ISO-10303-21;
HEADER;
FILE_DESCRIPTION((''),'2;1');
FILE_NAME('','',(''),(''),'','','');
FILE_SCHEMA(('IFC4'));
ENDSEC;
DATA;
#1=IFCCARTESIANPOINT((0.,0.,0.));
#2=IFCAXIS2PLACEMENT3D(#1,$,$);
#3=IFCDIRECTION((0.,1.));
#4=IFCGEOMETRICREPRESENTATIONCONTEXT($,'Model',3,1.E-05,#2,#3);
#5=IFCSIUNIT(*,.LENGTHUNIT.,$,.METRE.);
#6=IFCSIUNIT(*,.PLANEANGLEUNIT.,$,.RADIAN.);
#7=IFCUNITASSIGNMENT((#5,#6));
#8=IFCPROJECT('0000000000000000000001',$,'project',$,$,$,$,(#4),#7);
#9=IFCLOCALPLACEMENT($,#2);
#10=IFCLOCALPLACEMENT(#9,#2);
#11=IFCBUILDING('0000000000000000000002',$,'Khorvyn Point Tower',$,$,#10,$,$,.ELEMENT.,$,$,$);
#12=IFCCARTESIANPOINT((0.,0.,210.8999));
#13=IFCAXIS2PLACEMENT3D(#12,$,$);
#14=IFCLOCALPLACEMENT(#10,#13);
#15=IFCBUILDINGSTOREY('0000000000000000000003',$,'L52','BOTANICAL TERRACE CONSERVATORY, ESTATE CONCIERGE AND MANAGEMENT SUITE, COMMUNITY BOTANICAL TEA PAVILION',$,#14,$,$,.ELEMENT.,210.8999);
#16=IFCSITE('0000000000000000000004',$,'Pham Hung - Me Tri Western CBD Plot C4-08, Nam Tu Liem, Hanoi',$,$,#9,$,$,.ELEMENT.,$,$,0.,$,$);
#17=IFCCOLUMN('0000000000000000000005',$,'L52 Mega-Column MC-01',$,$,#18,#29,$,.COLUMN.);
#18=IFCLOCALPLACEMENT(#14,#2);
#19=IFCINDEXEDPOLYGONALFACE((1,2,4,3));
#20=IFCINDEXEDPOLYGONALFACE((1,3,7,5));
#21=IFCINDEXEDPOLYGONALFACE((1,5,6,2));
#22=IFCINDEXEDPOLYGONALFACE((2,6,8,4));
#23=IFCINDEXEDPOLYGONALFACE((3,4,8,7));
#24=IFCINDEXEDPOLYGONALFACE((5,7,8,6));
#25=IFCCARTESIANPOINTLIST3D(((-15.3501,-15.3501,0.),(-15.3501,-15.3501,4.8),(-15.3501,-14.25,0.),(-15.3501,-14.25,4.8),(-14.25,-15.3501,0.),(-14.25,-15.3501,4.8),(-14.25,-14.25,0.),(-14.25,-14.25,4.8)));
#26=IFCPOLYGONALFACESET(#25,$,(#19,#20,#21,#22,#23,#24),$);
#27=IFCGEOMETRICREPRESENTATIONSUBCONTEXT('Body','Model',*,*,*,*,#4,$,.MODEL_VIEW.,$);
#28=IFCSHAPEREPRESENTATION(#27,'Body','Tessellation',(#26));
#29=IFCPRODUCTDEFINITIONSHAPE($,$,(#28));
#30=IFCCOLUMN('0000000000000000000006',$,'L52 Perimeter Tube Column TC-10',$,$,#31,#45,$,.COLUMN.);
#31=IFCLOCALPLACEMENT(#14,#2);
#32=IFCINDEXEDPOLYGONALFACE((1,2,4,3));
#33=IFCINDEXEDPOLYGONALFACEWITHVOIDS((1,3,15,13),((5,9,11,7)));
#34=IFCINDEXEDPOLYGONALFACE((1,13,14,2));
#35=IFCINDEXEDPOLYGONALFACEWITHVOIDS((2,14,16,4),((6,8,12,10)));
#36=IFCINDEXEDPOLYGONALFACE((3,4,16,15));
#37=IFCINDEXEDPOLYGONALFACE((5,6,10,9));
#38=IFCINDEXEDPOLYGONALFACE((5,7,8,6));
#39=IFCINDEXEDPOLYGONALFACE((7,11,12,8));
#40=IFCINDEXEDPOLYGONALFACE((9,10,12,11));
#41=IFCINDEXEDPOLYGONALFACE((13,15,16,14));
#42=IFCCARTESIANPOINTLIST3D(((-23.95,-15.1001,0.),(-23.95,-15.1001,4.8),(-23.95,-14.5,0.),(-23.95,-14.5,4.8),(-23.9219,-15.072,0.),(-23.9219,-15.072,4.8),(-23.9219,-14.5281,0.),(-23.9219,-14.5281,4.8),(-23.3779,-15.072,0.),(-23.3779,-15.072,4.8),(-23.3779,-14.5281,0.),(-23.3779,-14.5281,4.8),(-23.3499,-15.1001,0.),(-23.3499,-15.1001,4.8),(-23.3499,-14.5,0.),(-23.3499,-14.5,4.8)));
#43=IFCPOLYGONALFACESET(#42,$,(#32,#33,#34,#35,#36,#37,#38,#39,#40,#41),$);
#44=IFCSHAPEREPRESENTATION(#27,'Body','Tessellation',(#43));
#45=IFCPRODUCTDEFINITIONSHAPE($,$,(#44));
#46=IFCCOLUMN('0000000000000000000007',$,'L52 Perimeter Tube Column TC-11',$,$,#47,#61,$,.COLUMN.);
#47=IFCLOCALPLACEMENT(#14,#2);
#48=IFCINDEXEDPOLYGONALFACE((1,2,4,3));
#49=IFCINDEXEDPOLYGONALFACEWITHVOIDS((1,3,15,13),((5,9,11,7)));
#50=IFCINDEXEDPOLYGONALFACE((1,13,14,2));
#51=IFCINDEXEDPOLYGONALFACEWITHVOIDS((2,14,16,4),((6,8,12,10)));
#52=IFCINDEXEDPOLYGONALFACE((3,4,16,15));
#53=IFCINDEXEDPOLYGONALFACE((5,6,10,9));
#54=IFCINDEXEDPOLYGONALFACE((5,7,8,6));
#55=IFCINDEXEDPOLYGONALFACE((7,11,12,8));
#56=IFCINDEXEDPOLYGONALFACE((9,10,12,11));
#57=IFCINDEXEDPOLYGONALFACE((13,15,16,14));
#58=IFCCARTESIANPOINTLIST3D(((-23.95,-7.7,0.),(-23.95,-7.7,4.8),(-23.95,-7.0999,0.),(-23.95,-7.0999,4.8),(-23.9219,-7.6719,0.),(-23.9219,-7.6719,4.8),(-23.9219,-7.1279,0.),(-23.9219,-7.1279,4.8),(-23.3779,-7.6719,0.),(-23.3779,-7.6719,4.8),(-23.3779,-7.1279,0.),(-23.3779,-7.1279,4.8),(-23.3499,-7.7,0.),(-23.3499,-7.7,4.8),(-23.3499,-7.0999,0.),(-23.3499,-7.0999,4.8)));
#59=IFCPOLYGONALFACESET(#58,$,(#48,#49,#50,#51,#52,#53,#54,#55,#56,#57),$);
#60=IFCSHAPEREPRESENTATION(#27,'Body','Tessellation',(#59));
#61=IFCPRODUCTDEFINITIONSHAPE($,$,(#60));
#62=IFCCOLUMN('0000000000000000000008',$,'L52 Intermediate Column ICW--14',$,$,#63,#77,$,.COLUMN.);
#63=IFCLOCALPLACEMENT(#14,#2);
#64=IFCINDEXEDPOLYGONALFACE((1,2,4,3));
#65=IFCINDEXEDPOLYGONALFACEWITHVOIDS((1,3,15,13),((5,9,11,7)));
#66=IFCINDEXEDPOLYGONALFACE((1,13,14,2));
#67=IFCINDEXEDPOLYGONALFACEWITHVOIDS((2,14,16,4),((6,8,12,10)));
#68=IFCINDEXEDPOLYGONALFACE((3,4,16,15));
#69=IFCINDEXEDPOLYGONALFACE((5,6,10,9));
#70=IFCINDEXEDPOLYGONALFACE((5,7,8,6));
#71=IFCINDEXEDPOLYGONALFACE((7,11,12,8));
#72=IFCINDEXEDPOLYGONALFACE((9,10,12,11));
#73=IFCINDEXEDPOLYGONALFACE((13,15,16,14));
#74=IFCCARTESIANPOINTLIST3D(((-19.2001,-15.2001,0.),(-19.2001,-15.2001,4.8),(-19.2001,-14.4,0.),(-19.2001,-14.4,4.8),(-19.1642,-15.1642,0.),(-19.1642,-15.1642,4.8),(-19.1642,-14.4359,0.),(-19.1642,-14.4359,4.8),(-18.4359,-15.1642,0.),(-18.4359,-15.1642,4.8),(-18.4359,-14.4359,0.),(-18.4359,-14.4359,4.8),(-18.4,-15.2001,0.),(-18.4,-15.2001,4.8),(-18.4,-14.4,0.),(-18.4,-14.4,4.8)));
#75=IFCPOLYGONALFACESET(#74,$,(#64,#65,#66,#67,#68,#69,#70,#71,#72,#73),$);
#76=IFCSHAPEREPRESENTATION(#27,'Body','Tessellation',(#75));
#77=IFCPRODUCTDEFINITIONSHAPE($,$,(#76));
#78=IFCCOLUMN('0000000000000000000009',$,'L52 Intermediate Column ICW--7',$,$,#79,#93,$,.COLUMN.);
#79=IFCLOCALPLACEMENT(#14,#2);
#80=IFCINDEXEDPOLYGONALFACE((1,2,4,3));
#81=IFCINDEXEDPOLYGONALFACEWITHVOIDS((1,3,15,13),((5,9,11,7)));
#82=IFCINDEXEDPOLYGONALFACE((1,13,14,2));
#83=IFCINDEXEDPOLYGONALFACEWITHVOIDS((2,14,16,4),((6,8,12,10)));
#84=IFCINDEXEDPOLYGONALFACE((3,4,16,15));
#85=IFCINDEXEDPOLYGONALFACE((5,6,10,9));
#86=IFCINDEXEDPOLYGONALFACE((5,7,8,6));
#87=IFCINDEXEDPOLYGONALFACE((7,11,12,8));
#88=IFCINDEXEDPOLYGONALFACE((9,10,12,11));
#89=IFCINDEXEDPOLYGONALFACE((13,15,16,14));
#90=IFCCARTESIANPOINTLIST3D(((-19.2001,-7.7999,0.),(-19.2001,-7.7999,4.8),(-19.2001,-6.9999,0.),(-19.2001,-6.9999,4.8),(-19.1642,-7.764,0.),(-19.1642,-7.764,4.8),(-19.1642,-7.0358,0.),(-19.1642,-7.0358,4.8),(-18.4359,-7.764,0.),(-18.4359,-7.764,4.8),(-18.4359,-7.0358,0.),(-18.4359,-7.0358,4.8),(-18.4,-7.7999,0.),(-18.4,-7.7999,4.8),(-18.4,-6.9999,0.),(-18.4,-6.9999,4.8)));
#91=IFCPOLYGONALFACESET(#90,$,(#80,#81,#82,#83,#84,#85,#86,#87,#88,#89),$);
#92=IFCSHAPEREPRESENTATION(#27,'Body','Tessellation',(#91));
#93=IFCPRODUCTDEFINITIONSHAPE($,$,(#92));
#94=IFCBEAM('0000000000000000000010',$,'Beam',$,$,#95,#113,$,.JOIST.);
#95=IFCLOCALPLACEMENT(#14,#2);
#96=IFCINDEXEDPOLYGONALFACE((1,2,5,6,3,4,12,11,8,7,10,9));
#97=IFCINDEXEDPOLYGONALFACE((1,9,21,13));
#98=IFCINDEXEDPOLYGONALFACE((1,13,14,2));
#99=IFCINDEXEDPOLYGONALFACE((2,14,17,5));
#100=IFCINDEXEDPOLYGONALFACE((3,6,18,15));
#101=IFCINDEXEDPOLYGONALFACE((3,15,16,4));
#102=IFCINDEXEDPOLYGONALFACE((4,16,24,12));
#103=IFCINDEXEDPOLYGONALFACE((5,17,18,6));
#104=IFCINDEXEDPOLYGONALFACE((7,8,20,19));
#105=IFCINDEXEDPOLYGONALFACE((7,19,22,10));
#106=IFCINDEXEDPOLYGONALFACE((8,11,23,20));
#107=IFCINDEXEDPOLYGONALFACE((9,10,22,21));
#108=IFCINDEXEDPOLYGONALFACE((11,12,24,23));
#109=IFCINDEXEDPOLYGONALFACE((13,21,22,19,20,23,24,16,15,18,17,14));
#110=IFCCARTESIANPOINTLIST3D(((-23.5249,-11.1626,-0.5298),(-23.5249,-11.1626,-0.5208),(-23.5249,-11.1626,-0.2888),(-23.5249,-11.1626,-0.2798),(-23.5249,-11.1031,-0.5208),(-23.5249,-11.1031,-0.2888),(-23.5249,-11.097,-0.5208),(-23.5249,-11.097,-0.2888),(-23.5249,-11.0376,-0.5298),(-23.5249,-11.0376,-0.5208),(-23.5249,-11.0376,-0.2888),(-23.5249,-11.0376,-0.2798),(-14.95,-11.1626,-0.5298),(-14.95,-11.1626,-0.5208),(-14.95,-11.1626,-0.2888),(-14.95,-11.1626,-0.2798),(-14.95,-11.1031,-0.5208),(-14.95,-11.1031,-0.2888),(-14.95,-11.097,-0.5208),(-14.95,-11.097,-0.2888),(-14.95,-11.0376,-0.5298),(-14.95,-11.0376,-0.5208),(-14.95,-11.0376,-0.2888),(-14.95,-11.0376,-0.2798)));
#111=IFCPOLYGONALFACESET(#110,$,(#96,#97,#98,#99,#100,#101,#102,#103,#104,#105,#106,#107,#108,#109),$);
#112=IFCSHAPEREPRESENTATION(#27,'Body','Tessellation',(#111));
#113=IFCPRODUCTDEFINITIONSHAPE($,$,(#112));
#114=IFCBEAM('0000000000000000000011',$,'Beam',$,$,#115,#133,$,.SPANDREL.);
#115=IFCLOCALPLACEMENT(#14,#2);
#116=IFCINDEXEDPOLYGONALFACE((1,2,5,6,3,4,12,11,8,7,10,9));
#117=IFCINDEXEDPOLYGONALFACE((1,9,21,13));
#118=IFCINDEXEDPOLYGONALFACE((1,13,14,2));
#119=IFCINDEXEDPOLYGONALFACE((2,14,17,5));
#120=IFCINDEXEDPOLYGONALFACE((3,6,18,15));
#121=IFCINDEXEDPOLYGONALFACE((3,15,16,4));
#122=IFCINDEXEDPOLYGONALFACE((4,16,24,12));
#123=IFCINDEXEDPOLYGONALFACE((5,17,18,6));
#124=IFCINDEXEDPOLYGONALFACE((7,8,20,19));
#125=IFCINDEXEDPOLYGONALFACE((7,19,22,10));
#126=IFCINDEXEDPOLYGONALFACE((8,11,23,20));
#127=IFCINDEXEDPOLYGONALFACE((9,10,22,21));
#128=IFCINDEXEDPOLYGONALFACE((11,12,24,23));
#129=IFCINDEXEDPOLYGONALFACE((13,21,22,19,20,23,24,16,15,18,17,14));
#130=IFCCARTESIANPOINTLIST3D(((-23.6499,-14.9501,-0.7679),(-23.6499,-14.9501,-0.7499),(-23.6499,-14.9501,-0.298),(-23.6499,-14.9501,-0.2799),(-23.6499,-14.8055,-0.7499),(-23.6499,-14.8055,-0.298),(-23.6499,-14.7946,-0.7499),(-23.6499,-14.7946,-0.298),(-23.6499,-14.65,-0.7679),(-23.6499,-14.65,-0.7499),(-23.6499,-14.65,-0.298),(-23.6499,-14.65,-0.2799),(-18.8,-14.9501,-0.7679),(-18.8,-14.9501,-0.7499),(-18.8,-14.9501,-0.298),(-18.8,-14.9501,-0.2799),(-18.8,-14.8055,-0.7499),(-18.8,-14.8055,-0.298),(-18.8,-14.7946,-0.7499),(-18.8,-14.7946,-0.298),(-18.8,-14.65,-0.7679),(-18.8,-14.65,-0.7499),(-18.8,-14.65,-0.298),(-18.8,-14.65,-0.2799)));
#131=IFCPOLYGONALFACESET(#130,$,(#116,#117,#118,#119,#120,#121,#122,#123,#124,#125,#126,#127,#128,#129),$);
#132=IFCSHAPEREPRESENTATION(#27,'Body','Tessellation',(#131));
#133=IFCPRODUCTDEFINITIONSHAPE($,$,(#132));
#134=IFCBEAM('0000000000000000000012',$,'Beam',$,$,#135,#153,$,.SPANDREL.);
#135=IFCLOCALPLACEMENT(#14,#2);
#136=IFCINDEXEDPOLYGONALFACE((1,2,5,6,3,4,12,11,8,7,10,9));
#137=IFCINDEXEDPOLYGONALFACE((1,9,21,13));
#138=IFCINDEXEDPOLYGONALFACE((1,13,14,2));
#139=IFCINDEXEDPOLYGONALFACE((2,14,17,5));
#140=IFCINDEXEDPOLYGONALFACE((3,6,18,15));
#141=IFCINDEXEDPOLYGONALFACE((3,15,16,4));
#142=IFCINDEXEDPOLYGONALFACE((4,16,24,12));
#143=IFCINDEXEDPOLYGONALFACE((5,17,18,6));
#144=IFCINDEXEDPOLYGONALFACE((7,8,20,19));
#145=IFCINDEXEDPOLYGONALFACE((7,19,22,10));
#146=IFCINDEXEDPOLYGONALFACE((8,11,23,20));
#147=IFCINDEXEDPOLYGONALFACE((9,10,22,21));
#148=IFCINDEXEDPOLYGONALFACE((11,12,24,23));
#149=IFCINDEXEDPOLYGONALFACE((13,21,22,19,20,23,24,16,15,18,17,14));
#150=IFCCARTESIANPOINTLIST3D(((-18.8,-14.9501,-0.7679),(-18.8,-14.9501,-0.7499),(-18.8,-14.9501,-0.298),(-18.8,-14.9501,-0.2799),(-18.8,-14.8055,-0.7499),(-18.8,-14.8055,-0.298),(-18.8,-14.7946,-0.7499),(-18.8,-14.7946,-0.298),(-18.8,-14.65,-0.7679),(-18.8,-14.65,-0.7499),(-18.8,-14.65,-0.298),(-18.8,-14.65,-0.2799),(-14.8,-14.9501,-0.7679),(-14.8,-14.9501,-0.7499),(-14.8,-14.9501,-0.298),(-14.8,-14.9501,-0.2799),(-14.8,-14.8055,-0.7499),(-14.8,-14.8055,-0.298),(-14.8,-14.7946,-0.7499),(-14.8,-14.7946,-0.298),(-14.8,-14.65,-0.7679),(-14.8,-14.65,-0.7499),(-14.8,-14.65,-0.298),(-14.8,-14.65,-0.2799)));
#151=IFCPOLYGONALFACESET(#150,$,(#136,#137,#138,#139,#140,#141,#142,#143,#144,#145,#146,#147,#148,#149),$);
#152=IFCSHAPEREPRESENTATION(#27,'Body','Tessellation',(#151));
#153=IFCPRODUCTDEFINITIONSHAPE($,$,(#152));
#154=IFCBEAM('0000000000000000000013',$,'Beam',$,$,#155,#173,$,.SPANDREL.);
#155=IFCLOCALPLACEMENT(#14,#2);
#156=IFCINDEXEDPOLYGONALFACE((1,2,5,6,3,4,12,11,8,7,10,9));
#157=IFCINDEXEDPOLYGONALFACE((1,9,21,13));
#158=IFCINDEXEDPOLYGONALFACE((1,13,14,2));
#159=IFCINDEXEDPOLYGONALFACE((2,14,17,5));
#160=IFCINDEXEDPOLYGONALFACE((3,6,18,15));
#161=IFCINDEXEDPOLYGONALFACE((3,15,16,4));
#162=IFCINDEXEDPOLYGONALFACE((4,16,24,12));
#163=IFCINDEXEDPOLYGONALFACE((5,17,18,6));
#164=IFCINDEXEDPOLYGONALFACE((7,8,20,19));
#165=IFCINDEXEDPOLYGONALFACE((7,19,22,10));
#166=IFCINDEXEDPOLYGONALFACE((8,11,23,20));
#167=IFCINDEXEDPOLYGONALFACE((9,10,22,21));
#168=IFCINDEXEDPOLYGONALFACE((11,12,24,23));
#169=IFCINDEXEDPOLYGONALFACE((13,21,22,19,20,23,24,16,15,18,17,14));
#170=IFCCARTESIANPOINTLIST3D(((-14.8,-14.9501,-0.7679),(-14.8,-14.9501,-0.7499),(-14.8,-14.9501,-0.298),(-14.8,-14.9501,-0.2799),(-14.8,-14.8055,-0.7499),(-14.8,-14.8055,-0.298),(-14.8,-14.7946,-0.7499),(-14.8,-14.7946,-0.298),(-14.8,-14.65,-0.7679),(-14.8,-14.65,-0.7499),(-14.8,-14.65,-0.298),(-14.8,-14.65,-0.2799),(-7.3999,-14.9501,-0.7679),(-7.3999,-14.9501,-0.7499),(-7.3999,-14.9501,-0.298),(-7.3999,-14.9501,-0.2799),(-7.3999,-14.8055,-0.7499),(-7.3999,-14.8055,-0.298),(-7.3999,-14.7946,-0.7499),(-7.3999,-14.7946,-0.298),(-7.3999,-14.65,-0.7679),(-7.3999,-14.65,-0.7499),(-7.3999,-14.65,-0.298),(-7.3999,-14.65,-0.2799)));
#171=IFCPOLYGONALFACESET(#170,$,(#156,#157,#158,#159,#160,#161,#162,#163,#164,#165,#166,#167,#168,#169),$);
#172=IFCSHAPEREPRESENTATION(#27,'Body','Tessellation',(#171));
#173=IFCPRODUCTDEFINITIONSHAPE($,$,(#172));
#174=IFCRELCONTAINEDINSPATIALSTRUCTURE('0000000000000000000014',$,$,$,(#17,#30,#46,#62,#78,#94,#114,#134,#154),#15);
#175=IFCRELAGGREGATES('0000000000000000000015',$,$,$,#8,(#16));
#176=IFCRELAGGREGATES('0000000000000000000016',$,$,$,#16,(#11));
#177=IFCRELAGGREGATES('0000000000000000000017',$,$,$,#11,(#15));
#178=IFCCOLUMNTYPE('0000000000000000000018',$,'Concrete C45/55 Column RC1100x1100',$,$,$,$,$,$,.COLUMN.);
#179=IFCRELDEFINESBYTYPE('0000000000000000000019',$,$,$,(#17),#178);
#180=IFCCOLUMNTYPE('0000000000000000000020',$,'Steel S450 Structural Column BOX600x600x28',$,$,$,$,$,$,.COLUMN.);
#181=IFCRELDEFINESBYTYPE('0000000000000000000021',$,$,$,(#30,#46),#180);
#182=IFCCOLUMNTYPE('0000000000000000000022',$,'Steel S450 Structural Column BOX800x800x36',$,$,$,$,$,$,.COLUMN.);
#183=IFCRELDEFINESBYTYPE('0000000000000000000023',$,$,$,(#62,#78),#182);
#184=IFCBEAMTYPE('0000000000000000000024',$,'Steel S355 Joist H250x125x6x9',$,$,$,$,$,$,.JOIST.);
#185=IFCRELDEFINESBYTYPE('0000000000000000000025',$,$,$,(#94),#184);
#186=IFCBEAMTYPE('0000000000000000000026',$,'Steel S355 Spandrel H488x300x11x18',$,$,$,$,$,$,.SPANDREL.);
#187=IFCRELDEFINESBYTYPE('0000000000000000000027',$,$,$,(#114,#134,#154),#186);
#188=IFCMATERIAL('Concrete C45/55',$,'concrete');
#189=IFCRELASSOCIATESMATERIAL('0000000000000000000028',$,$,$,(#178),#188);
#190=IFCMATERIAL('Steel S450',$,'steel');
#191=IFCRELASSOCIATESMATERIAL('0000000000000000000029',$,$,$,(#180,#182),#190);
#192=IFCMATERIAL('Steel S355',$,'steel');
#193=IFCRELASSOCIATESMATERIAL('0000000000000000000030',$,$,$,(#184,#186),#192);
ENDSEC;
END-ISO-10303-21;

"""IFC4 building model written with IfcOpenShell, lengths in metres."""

from ifc_helpers import new_model, si_unit, direction, frame, origin, origin_2d, place, context, subcontext, project, spatial, rectangle, hollow_rectangle, i_section, extrude, material, material_profile, profile_set, type_object, element, save


model = new_model("IFC4")

# Units and contexts
model_context = context("Model", 3, precision=1e-05, world=origin(), true_north=direction((0.0, 1.0)))
body_context = subcontext(model_context, "Body", "Model", "MODEL_VIEW")
ifc_project = project(units=[si_unit("LENGTHUNIT", "METRE"), si_unit("PLANEANGLEUNIT", "RADIAN")], contexts=[model_context])

# Site, building, storey
site_placement = place(None, origin())
site = spatial("IfcSite", under=ifc_project, at=site_placement, Name="Pham Hung - Me Tri Western CBD Plot C4-08, Nam Tu Liem, Hanoi", CompositionType="ELEMENT", RefElevation=0.0)
building_placement = place(site_placement, origin())
building = spatial("IfcBuilding", under=site, at=building_placement, Name="Khorvyn Point Tower", CompositionType="ELEMENT")
storey_placement = place(building_placement, frame((0.0, 0.0, 210.8999)))
storey = spatial("IfcBuildingStorey", under=building, at=storey_placement, Name="L52", Description="BOTANICAL TERRACE CONSERVATORY, ESTATE CONCIERGE AND MANAGEMENT SUITE, COMMUNITY BOTANICAL TEA PAVILION", CompositionType="ELEMENT", Elevation=210.8999)

# Columns
ifc_material_1 = material(Name="Concrete C45/55", Category="concrete")
ifc_material_profile_1 = material_profile(ifc_material_1, rectangle(XDim=1.1001, YDim=1.1001, at=origin_2d()))
ifc_profile_set_1 = profile_set([ifc_material_profile_1], Name="Concrete C45/55 RC1100x1100")
column_type_1 = type_object("IfcColumnType", Name="Concrete C45/55 Column RC1100x1100", PredefinedType="COLUMN", material=ifc_profile_set_1)
column_placement = place(storey_placement, frame((-14.8, -14.8, 0.0), z_axis=(0.0, 0.0, 1.0), x_axis=(1.0, 0.0, 0.0)))
element("IfcColumn", 1, at=column_placement, inside=storey, type_object=column_type_1, Name="L52 Mega-Column MC-01", PredefinedType="COLUMN", context=body_context, shape_type="SweptSolid", body=[
    extrude(rectangle(XDim=1.1001, YDim=1.1001, at=origin_2d()), origin(), (0.0, 0.0, 1.0), 4.8),
])
ifc_material_2 = material(Name="Steel S450", Category="steel")
ifc_material_profile_2 = material_profile(ifc_material_2, hollow_rectangle(XDim=0.6001, YDim=0.6001, WallThickness=0.0281, at=origin_2d()))
ifc_profile_set_2 = profile_set([ifc_material_profile_2], Name="Steel S450 BOX600x600x28")
column_type_2 = type_object("IfcColumnType", Name="Steel S450 Structural Column BOX600x600x28", PredefinedType="COLUMN", material=ifc_profile_set_2)
for number, where, z_axis, x_axis, name in (
    (2, (-23.6499, -14.8, 0.0), (0.0, 0.0, 1.0), (1.0, 0.0, 0.0), "L52 Perimeter Tube Column TC-10"),
    (3, (-23.6499, -7.3999, 0.0), (0.0, 0.0, 1.0), (1.0, 0.0, 0.0), "L52 Perimeter Tube Column TC-11"),
):
    element("IfcColumn", number, at=place(storey_placement, frame(where, z_axis=z_axis, x_axis=x_axis)), inside=storey, type_object=column_type_2, Name=name, PredefinedType="COLUMN", context=body_context, shape_type="SweptSolid", body=[
        extrude(hollow_rectangle(XDim=0.6001, YDim=0.6001, WallThickness=0.0281, at=origin_2d()), origin(), (0.0, 0.0, 1.0), 4.8),
    ])
ifc_material_profile_3 = material_profile(ifc_material_2, hollow_rectangle(XDim=0.8, YDim=0.8, WallThickness=0.0359, at=origin_2d()))
ifc_profile_set_3 = profile_set([ifc_material_profile_3], Name="Steel S450 BOX800x800x36")
column_type_3 = type_object("IfcColumnType", Name="Steel S450 Structural Column BOX800x800x36", PredefinedType="COLUMN", material=ifc_profile_set_3)
for number, where, z_axis, x_axis, name in (
    (4, (-18.8, -14.8, 0.0), (0.0, 0.0, 1.0), (1.0, 0.0, 0.0), "L52 Intermediate Column ICW--14"),
    (5, (-18.8, -7.3999, 0.0), (0.0, 0.0, 1.0), (1.0, 0.0, 0.0), "L52 Intermediate Column ICW--7"),
):
    element("IfcColumn", number, at=place(storey_placement, frame(where, z_axis=z_axis, x_axis=x_axis)), inside=storey, type_object=column_type_3, Name=name, PredefinedType="COLUMN", context=body_context, shape_type="SweptSolid", body=[
        extrude(hollow_rectangle(XDim=0.8, YDim=0.8, WallThickness=0.0359, at=origin_2d()), origin(), (0.0, 0.0, 1.0), 4.8),
    ])

# Beams
ifc_material_3 = material(Name="Steel S355", Category="steel")
ifc_material_profile_4 = material_profile(ifc_material_3, i_section(OverallWidth=0.125, OverallDepth=0.25, WebThickness=0.0061, FlangeThickness=0.009, at=origin_2d()))
ifc_profile_set_4 = profile_set([ifc_material_profile_4], Name="Steel S355 H250x125x6x9")
beam_type_1 = type_object("IfcBeamType", Name="Steel S355 Joist H250x125x6x9", PredefinedType="JOIST", material=ifc_profile_set_4)
beam_1_placement = place(storey_placement, frame((-23.5249, -11.1001, -0.4048), z_axis=(1.0, 0.0, 0.0), x_axis=(0.0, 1.0, 0.0)))
element("IfcBeam", 6, at=beam_1_placement, inside=storey, type_object=beam_type_1, Name="Beam", PredefinedType="JOIST", context=body_context, shape_type="SweptSolid", body=[
    extrude(i_section(OverallWidth=0.125, OverallDepth=0.25, WebThickness=0.0061, FlangeThickness=0.009, at=origin_2d()), origin(), (0.0, 0.0, 1.0), 8.575),
])
ifc_material_profile_5 = material_profile(ifc_material_3, i_section(OverallWidth=0.3, OverallDepth=0.488, WebThickness=0.011, FlangeThickness=0.0181, at=origin_2d()))
ifc_profile_set_5 = profile_set([ifc_material_profile_5], Name="Steel S355 H488x300x11x18")
beam_type_2 = type_object("IfcBeamType", Name="Steel S355 Spandrel H488x300x11x18", PredefinedType="SPANDREL", material=ifc_profile_set_5)
beam_2_placement = place(storey_placement, frame((-23.6499, -14.8, -0.5239), z_axis=(1.0, 0.0, 0.0), x_axis=(0.0, 1.0, 0.0)))
element("IfcBeam", 7, at=beam_2_placement, inside=storey, type_object=beam_type_2, Name="Beam", PredefinedType="SPANDREL", context=body_context, shape_type="SweptSolid", body=[
    extrude(i_section(OverallWidth=0.3, OverallDepth=0.488, WebThickness=0.011, FlangeThickness=0.0181, at=origin_2d()), origin(), (0.0, 0.0, 1.0), 4.8499),
])
beam_3_placement = place(storey_placement, frame((-18.8, -14.8, -0.5239), z_axis=(1.0, 0.0, 0.0), x_axis=(0.0, 1.0, 0.0)))
element("IfcBeam", 8, at=beam_3_placement, inside=storey, type_object=beam_type_2, Name="Beam", PredefinedType="SPANDREL", context=body_context, shape_type="SweptSolid", body=[
    extrude(i_section(OverallWidth=0.3, OverallDepth=0.488, WebThickness=0.011, FlangeThickness=0.0181, at=origin_2d()), origin(), (0.0, 0.0, 1.0), 4.0),
])
beam_4_placement = place(storey_placement, frame((-14.8, -14.8, -0.5239), z_axis=(1.0, 0.0, 0.0), x_axis=(0.0, 1.0, 0.0)))
element("IfcBeam", 9, at=beam_4_placement, inside=storey, type_object=beam_type_2, Name="Beam", PredefinedType="SPANDREL", context=body_context, shape_type="SweptSolid", body=[
    extrude(i_section(OverallWidth=0.3, OverallDepth=0.488, WebThickness=0.011, FlangeThickness=0.0181, at=origin_2d()), origin(), (0.0, 0.0, 1.0), 7.4001),
])

save(model, "model.ifc")
